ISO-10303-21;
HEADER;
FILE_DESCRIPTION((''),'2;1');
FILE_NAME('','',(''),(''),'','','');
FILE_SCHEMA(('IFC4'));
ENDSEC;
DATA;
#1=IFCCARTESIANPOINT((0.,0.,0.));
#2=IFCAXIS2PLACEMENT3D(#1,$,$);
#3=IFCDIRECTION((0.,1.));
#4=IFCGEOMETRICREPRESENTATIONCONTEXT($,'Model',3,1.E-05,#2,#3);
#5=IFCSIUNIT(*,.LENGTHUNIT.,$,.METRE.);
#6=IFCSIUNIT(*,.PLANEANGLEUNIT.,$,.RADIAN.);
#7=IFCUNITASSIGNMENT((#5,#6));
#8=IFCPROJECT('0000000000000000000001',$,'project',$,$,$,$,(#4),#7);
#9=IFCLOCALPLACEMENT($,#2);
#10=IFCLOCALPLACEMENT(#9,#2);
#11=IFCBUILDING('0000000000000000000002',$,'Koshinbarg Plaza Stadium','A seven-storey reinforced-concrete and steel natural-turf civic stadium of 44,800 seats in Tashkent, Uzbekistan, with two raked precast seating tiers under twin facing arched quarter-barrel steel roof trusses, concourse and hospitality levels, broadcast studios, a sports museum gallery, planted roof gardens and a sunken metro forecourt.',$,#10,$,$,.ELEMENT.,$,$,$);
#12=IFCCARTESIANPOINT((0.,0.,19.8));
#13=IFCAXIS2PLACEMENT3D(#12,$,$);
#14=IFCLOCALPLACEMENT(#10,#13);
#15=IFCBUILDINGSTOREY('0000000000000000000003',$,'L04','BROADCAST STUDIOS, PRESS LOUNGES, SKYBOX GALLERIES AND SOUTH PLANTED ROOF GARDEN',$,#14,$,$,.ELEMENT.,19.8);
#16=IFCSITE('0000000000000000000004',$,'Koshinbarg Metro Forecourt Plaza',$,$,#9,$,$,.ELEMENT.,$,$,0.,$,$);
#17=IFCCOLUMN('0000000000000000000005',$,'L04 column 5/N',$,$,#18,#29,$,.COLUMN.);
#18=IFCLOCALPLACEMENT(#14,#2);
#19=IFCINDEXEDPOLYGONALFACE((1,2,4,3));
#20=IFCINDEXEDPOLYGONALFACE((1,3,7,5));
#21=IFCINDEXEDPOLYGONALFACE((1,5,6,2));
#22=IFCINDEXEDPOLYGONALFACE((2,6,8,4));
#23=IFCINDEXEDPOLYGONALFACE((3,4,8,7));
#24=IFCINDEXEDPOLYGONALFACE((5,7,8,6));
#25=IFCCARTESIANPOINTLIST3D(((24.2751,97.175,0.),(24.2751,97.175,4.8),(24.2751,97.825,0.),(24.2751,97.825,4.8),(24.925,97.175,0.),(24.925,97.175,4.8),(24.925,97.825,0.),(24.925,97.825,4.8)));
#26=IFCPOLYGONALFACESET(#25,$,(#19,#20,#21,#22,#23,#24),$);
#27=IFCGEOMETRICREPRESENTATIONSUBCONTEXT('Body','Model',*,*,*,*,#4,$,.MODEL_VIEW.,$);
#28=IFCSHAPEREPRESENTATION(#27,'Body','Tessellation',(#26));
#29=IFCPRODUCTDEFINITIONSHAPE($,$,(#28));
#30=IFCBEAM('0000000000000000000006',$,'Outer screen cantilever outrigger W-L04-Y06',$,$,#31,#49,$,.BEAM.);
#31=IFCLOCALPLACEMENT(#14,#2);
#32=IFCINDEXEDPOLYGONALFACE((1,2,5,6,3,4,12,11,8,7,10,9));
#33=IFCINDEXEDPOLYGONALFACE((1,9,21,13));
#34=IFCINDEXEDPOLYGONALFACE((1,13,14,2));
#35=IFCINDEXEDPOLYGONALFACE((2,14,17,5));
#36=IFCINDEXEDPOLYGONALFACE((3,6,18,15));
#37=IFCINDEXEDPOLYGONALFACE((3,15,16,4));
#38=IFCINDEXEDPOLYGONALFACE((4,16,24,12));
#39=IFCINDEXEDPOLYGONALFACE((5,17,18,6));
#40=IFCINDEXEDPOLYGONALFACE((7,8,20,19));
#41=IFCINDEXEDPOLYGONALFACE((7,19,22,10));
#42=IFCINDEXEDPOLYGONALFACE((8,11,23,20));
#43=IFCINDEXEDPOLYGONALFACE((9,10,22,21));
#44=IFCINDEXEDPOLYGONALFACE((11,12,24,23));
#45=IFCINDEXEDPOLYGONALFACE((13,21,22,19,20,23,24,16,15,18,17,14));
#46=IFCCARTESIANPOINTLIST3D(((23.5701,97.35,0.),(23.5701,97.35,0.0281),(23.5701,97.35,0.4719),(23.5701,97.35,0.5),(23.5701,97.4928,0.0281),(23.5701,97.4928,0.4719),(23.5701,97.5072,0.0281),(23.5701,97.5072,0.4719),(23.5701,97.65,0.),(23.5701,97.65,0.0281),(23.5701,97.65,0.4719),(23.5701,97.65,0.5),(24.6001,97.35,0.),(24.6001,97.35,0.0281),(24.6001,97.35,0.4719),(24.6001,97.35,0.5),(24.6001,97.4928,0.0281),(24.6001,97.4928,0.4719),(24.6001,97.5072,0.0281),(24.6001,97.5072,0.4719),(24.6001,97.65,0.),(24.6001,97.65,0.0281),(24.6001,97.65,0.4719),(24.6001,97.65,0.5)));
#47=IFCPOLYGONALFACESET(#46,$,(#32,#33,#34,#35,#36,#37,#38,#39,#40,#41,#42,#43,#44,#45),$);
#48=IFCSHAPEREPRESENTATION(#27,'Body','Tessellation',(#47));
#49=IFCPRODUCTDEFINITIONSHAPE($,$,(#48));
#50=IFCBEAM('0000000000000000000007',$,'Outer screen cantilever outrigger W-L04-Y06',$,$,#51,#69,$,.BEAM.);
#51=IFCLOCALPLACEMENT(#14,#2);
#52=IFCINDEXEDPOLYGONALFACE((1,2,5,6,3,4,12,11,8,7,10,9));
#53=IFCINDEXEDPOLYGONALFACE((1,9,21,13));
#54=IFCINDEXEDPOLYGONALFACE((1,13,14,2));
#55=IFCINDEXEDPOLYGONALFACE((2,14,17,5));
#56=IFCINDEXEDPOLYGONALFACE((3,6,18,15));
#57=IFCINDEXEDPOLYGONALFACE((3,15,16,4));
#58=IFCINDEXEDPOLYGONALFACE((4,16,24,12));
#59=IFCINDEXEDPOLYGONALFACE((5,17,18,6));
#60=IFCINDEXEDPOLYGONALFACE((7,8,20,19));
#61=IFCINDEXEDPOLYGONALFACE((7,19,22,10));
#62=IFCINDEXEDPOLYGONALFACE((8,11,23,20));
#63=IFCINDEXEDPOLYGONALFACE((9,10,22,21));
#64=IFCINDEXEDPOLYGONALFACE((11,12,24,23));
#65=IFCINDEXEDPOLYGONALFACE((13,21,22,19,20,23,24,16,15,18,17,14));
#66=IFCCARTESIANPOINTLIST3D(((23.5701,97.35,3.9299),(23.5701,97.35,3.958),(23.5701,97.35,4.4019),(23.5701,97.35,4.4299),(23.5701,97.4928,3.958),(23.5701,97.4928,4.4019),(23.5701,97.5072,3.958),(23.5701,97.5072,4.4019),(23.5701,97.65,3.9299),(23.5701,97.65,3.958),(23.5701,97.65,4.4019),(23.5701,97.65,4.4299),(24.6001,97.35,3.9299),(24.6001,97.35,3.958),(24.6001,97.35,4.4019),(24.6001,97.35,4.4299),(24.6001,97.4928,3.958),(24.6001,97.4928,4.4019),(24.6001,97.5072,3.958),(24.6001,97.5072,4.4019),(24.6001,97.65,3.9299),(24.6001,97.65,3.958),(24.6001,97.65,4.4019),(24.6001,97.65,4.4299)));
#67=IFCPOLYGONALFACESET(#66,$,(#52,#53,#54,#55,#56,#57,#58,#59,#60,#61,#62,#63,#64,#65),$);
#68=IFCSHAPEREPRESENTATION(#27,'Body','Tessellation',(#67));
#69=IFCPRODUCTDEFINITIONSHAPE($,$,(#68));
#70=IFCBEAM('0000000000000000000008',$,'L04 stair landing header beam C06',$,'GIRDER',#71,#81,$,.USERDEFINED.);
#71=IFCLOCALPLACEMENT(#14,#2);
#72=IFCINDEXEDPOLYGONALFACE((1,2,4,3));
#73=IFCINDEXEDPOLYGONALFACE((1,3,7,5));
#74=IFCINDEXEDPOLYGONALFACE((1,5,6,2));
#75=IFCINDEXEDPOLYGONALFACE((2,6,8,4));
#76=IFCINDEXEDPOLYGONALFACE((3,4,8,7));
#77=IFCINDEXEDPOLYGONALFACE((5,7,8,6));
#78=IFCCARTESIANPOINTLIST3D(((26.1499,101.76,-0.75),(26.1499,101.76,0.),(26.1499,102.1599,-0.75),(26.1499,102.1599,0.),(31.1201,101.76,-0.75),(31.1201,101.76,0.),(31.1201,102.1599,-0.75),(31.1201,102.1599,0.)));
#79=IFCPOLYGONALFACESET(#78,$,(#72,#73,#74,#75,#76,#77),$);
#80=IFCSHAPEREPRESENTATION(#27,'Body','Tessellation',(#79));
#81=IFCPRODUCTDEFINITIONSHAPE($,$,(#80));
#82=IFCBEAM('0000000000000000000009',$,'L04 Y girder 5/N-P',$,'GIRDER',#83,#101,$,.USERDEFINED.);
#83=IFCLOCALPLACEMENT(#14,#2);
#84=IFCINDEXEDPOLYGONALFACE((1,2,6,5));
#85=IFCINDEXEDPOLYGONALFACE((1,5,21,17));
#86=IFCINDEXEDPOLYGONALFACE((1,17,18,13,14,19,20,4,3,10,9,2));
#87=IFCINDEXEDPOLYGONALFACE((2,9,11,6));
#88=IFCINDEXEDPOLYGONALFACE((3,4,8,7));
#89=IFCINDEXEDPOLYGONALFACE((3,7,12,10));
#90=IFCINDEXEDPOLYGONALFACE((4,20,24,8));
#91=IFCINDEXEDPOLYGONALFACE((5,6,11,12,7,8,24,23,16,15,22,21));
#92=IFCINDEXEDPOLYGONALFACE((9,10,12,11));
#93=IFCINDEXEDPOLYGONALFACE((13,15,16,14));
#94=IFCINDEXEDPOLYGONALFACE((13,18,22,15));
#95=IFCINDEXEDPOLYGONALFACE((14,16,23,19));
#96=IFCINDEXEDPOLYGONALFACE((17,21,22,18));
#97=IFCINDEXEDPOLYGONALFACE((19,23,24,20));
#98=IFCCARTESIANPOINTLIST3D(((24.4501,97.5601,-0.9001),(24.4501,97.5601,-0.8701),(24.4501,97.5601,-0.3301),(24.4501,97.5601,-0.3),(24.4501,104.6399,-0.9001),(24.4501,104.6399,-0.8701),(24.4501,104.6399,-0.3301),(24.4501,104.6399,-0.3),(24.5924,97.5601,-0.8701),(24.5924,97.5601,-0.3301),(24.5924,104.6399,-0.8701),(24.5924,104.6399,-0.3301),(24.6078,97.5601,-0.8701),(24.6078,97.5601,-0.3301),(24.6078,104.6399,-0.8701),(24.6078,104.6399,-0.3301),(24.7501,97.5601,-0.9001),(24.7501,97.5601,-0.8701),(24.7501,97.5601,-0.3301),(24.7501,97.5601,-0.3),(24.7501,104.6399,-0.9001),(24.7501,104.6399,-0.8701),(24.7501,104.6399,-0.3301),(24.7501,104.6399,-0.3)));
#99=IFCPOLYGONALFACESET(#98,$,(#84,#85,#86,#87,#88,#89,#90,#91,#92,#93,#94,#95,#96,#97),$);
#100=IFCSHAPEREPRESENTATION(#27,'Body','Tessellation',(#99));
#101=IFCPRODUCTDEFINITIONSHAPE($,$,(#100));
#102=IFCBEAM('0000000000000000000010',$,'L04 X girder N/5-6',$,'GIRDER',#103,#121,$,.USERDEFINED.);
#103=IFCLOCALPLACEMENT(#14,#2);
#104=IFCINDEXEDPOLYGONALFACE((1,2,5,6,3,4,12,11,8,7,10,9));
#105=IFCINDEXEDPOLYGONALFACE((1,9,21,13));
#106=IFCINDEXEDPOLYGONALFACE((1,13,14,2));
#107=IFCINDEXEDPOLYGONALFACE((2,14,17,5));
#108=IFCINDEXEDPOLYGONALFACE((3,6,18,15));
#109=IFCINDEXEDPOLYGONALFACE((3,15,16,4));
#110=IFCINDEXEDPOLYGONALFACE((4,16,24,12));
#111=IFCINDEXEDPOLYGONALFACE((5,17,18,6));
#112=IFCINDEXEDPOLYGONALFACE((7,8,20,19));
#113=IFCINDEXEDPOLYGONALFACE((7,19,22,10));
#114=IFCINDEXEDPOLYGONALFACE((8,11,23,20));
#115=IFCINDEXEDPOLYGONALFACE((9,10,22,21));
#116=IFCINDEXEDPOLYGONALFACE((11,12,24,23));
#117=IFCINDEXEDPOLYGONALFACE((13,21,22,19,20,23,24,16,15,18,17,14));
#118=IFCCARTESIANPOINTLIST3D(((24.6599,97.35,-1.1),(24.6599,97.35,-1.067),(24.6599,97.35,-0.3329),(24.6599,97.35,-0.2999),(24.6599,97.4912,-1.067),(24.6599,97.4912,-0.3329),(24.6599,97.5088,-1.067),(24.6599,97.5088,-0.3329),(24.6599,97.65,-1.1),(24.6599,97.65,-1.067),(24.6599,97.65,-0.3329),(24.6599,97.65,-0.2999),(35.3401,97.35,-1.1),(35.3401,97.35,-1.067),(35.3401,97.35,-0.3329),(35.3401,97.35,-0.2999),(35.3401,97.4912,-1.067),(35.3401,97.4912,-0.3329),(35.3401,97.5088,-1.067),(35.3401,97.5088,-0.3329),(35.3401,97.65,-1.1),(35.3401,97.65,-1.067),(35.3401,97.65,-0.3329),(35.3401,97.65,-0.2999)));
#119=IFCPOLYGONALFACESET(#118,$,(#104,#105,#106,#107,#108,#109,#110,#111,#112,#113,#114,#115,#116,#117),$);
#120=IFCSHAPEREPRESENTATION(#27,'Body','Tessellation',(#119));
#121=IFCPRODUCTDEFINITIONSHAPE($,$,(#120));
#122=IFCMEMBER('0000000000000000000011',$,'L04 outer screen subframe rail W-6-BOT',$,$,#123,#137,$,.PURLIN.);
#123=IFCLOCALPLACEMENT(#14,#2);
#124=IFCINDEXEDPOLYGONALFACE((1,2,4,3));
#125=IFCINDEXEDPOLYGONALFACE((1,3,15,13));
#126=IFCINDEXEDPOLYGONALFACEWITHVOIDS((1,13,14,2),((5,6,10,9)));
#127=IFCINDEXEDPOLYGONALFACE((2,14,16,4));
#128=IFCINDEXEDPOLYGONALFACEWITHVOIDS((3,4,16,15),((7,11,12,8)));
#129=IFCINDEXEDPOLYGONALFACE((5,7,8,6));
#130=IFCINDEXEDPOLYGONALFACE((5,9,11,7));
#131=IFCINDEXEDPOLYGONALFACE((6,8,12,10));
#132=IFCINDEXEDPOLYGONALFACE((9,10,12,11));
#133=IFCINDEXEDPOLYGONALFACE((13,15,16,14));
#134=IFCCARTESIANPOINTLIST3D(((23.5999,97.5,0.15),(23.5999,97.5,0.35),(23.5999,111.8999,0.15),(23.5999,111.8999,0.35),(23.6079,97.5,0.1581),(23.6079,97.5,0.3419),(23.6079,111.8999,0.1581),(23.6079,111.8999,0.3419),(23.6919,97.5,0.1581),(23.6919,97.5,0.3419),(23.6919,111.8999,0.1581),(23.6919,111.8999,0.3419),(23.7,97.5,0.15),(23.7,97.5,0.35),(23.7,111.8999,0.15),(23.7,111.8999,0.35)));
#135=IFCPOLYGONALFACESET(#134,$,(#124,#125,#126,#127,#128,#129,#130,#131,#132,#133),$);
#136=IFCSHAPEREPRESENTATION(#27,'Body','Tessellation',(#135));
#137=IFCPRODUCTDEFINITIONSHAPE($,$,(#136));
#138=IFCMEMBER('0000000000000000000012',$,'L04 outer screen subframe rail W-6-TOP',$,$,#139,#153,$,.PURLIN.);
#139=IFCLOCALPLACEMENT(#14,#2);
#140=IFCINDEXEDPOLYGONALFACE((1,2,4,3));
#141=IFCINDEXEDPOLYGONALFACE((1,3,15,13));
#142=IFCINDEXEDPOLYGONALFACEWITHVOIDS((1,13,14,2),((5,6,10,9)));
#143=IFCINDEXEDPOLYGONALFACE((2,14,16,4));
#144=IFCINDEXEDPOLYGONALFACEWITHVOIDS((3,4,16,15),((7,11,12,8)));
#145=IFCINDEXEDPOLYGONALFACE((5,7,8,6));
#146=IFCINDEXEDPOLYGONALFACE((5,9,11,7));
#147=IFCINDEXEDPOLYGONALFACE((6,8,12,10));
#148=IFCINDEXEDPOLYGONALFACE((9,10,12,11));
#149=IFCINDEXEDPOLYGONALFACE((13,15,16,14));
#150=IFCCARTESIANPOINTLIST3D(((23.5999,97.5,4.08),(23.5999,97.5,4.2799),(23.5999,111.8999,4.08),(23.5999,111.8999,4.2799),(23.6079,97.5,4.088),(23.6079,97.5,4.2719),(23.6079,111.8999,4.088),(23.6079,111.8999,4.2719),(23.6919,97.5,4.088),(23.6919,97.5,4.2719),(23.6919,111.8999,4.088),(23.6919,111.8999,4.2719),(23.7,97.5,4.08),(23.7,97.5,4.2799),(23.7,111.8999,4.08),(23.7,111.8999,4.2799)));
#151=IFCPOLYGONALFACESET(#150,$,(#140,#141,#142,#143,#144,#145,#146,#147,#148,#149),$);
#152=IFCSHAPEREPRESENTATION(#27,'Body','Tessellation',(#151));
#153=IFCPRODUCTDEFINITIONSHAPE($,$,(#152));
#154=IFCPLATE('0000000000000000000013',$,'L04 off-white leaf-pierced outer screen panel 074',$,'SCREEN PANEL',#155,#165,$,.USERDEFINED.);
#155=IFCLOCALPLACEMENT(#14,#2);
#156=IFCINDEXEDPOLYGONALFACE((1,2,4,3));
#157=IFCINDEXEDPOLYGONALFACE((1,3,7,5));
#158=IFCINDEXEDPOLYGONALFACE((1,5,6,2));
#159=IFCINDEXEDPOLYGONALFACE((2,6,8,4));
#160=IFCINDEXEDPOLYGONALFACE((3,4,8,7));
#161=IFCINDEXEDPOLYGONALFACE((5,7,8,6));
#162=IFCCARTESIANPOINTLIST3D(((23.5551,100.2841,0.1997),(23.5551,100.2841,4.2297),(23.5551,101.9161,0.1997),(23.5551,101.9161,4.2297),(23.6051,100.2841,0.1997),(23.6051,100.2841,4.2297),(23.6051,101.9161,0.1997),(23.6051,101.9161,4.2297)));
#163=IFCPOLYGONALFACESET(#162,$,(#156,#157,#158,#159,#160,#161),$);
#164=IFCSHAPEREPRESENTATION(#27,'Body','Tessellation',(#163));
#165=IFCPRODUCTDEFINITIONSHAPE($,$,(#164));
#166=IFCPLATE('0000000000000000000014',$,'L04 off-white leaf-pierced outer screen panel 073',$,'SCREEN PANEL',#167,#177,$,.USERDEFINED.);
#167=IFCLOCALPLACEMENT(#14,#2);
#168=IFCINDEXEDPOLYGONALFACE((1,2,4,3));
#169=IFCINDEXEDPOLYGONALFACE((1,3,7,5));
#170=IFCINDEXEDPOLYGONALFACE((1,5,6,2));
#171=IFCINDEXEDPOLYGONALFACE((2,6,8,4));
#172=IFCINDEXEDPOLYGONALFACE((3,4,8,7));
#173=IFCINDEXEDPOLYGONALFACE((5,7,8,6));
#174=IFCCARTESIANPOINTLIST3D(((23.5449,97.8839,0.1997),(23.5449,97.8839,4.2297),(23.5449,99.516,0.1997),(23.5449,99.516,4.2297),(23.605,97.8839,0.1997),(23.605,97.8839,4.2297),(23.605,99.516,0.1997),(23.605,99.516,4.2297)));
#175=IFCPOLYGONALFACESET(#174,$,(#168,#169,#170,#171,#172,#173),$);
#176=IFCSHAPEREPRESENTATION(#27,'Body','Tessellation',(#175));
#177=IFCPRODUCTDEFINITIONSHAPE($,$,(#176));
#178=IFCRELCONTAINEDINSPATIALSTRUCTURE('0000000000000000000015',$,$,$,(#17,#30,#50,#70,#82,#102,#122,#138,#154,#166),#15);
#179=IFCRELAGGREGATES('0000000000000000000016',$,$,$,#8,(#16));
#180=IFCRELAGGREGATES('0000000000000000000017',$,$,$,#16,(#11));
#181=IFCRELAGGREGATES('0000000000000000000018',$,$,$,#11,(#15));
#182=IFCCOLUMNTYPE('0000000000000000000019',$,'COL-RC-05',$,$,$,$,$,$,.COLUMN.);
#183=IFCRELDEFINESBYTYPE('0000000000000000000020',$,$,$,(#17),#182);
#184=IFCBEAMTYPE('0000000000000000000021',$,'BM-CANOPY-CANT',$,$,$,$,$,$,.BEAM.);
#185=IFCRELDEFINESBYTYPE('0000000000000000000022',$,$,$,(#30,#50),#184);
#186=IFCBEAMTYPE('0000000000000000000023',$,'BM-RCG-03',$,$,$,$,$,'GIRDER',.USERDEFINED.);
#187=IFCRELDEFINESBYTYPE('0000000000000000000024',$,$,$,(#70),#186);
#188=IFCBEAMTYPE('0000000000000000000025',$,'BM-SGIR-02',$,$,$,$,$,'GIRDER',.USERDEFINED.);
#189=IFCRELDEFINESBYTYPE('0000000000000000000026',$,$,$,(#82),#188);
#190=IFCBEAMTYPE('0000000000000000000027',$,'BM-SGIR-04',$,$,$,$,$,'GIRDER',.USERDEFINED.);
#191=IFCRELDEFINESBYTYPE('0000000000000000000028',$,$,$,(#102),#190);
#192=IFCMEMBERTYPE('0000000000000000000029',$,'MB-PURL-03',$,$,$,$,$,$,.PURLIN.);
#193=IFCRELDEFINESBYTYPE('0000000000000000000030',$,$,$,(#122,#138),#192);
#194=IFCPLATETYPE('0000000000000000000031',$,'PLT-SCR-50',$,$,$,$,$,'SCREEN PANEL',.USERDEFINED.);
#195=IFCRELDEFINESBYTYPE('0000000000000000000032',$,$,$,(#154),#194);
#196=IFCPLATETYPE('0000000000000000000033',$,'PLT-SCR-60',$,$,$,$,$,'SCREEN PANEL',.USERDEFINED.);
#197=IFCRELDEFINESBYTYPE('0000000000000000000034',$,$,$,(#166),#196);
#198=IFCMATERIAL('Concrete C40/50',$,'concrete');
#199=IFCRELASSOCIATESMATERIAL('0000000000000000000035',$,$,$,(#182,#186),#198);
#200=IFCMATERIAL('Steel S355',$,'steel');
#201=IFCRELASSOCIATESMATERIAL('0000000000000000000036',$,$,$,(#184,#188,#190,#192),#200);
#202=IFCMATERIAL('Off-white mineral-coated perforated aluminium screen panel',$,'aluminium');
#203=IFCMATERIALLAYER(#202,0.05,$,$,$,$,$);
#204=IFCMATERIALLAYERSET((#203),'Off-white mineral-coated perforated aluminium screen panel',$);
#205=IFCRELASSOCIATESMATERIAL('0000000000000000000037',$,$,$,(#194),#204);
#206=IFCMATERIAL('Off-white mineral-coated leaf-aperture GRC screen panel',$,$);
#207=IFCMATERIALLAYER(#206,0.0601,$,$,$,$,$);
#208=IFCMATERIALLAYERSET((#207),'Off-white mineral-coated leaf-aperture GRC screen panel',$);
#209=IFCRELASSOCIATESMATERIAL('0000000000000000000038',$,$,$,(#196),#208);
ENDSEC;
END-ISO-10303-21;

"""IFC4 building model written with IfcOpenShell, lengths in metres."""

from ifc_helpers import new_model, si_unit, direction, frame, origin, origin_2d, place, context, subcontext, project, spatial, rectangle, hollow_rectangle, i_section, extrude, material, layer, layer_set, material_profile, profile_set, type_object, element, save


model = new_model("IFC4")

# Units and contexts
model_context = context("Model", 3, precision=1e-05, world=origin(), true_north=direction((0.0, 1.0)))
body_context = subcontext(model_context, "Body", "Model", "MODEL_VIEW")
ifc_project = project(units=[si_unit("LENGTHUNIT", "METRE"), si_unit("PLANEANGLEUNIT", "RADIAN")], contexts=[model_context])

# Site, building, storey
site_placement = place(None, origin())
site = spatial("IfcSite", under=ifc_project, at=site_placement, Name="Koshinbarg Metro Forecourt Plaza", CompositionType="ELEMENT", RefElevation=0.0)
building_placement = place(site_placement, origin())
building = spatial("IfcBuilding", under=site, at=building_placement, Name="Koshinbarg Plaza Stadium", Description="A seven-storey reinforced-concrete and steel natural-turf civic stadium of 44,800 seats in Tashkent, Uzbekistan, with two raked precast seating tiers under twin facing arched quarter-barrel steel roof trusses, concourse and hospitality levels, broadcast studios, a sports museum gallery, planted roof gardens and a sunken metro forecourt.", CompositionType="ELEMENT")
storey_placement = place(building_placement, frame((0.0, 0.0, 19.8)))
storey = spatial("IfcBuildingStorey", under=building, at=storey_placement, Name="L04", Description="BROADCAST STUDIOS, PRESS LOUNGES, SKYBOX GALLERIES AND SOUTH PLANTED ROOF GARDEN", CompositionType="ELEMENT", Elevation=19.8)

# Column
ifc_material_1 = material(Name="Concrete C40/50", Category="concrete")
ifc_material_profile_1 = material_profile(ifc_material_1, rectangle(XDim=0.6499, YDim=0.6499, at=origin_2d()), Name="RC 650x650")
ifc_profile_set_1 = profile_set([ifc_material_profile_1], Name="Concrete C40/50")
column_type = type_object("IfcColumnType", Name="COL-RC-05", PredefinedType="COLUMN", material=ifc_profile_set_1)
column_placement = place(storey_placement, frame((24.6001, 97.5, 0.0), z_axis=(0.0, 0.0, 1.0), x_axis=(1.0, 0.0, 0.0)))
element("IfcColumn", 1, at=column_placement, inside=storey, type_object=column_type, Name="L04 column 5/N", PredefinedType="COLUMN", context=body_context, shape_type="SweptSolid", body=[
    extrude(rectangle(XDim=0.6499, YDim=0.6499, at=origin_2d()), origin(), (0.0, 0.0, 1.0), 4.8),
])

# Beams
ifc_material_2 = material(Name="Steel S355", Category="steel")
ifc_material_profile_2 = material_profile(ifc_material_2, i_section(OverallWidth=0.3, OverallDepth=0.5, WebThickness=0.0144, FlangeThickness=0.0281, at=origin_2d()), Name="HEB 500")
ifc_profile_set_2 = profile_set([ifc_material_profile_2], Name="Steel S355")
beam_type_1 = type_object("IfcBeamType", Name="BM-CANOPY-CANT", PredefinedType="BEAM", material=ifc_profile_set_2)
for number, where, z_axis, x_axis, name in (
    (2, (24.6001, 97.5, 0.25), (-1.0, 0.0, 0.0), (0.0, -1.0, 0.0), "Outer screen cantilever outrigger W-L04-Y06"),
    (3, (24.6001, 97.5, 4.1799), (-1.0, 0.0, 0.0), (0.0, -1.0, 0.0), "Outer screen cantilever outrigger W-L04-Y06"),
):
    element("IfcBeam", number, at=place(storey_placement, frame(where, z_axis=z_axis, x_axis=x_axis)), inside=storey, type_object=beam_type_1, Name=name, PredefinedType="BEAM", context=body_context, shape_type="SweptSolid", body=[
        extrude(i_section(OverallWidth=0.3, OverallDepth=0.5, WebThickness=0.0144, FlangeThickness=0.0281, at=origin_2d()), origin(), (0.0, 0.0, 1.0), 1.03),
    ])
ifc_material_profile_3 = material_profile(ifc_material_1, rectangle(XDim=0.3999, YDim=0.75, at=origin_2d()), Name="RC 400x750")
ifc_profile_set_3 = profile_set([ifc_material_profile_3], Name="Concrete C40/50")
beam_type_2 = type_object("IfcBeamType", Name="BM-RCG-03", ElementType="GIRDER", PredefinedType="USERDEFINED", material=ifc_profile_set_3)
beam_1_placement = place(storey_placement, frame((26.1499, 101.96, -0.375), z_axis=(1.0, 0.0, 0.0), x_axis=(0.0, 1.0, 0.0)))
element("IfcBeam", 4, at=beam_1_placement, inside=storey, type_object=beam_type_2, Name="L04 stair landing header beam C06", ObjectType="GIRDER", PredefinedType="USERDEFINED", context=body_context, shape_type="SweptSolid", body=[
    extrude(rectangle(XDim=0.3999, YDim=0.75, at=origin_2d()), origin(), (0.0, 0.0, 1.0), 4.9702),
])
ifc_material_profile_4 = material_profile(ifc_material_2, i_section(OverallWidth=0.3, OverallDepth=0.6001, WebThickness=0.0154, FlangeThickness=0.03, at=origin_2d()), Name="HEB 600")
ifc_profile_set_4 = profile_set([ifc_material_profile_4], Name="Steel S355")
beam_type_3 = type_object("IfcBeamType", Name="BM-SGIR-02", ElementType="GIRDER", PredefinedType="USERDEFINED", material=ifc_profile_set_4)
beam_2_placement = place(storey_placement, frame((24.6001, 97.5601, -0.6001), z_axis=(0.0, 1.0, 0.0), x_axis=(-1.0, 0.0, 0.0)))
element("IfcBeam", 5, at=beam_2_placement, inside=storey, type_object=beam_type_3, Name="L04 Y girder 5/N-P", ObjectType="GIRDER", PredefinedType="USERDEFINED", context=body_context, shape_type="SweptSolid", body=[
    extrude(i_section(OverallWidth=0.3, OverallDepth=0.6001, WebThickness=0.0154, FlangeThickness=0.03, at=origin_2d()), origin(), (0.0, 0.0, 1.0), 7.0798),
])
ifc_material_profile_5 = material_profile(ifc_material_2, i_section(OverallWidth=0.3, OverallDepth=0.8, WebThickness=0.0176, FlangeThickness=0.033, at=origin_2d()), Name="HEB 800")
ifc_profile_set_5 = profile_set([ifc_material_profile_5], Name="Steel S355")
beam_type_4 = type_object("IfcBeamType", Name="BM-SGIR-04", ElementType="GIRDER", PredefinedType="USERDEFINED", material=ifc_profile_set_5)
beam_3_placement = place(storey_placement, frame((24.6599, 97.5, -0.7), z_axis=(1.0, 0.0, 0.0), x_axis=(0.0, 1.0, 0.0)))
element("IfcBeam", 6, at=beam_3_placement, inside=storey, type_object=beam_type_4, Name="L04 X girder N/5-6", ObjectType="GIRDER", PredefinedType="USERDEFINED", context=body_context, shape_type="SweptSolid", body=[
    extrude(i_section(OverallWidth=0.3, OverallDepth=0.8, WebThickness=0.0176, FlangeThickness=0.033, at=origin_2d()), origin(), (0.0, 0.0, 1.0), 10.6802),
])

# Members
ifc_material_profile_6 = material_profile(ifc_material_2, hollow_rectangle(XDim=0.1001, YDim=0.2, WallThickness=0.0081, at=origin_2d()), Name="RHS 200x100x8")
ifc_profile_set_6 = profile_set([ifc_material_profile_6], Name="Steel S355")
member_type = type_object("IfcMemberType", Name="MB-PURL-03", PredefinedType="PURLIN", material=ifc_profile_set_6)
for number, where, z_axis, x_axis, name in (
    (7, (23.6499, 97.5, 0.25), (0.0, 1.0, 0.0), (-1.0, 0.0, 0.0), "L04 outer screen subframe rail W-6-BOT"),
    (8, (23.6499, 97.5, 4.1799), (0.0, 1.0, 0.0), (-1.0, 0.0, 0.0), "L04 outer screen subframe rail W-6-TOP"),
):
    element("IfcMember", number, at=place(storey_placement, frame(where, z_axis=z_axis, x_axis=x_axis)), inside=storey, type_object=member_type, Name=name, PredefinedType="PURLIN", context=body_context, shape_type="SweptSolid", body=[
        extrude(hollow_rectangle(XDim=0.1001, YDim=0.2, WallThickness=0.0081, at=origin_2d()), origin(), (0.0, 0.0, 1.0), 14.3999),
    ])

# Plates
ifc_material_3 = material(Name="Off-white mineral-coated perforated aluminium screen panel", Category="aluminium")
ifc_layer_1 = layer(ifc_material_3, 0.05)
ifc_layer_set_1 = layer_set([ifc_layer_1], Name="Off-white mineral-coated perforated aluminium screen panel")
plate_type_1 = type_object("IfcPlateType", Name="PLT-SCR-50", ElementType="SCREEN PANEL", PredefinedType="USERDEFINED", material=ifc_layer_set_1)
plate_1_placement = place(storey_placement, frame((23.5801, 101.1001, 0.1997), z_axis=(0.0, 0.0, 1.0), x_axis=(1.0, 0.0, 0.0)))
element("IfcPlate", 9, at=plate_1_placement, inside=storey, type_object=plate_type_1, Name="L04 off-white leaf-pierced outer screen panel 074", ObjectType="SCREEN PANEL", PredefinedType="USERDEFINED", context=body_context, shape_type="SweptSolid", body=[
    extrude(rectangle(XDim=0.05, YDim=1.6321, at=origin_2d()), origin(), (0.0, 0.0, 1.0), 4.03),
])
ifc_material_4 = material(Name="Off-white mineral-coated leaf-aperture GRC screen panel")
ifc_layer_2 = layer(ifc_material_4, 0.0601)
ifc_layer_set_2 = layer_set([ifc_layer_2], Name="Off-white mineral-coated leaf-aperture GRC screen panel")
plate_type_2 = type_object("IfcPlateType", Name="PLT-SCR-60", ElementType="SCREEN PANEL", PredefinedType="USERDEFINED", material=ifc_layer_set_2)
plate_2_placement = place(storey_placement, frame((23.575, 98.7, 0.1997), z_axis=(0.0, 0.0, 1.0), x_axis=(1.0, 0.0, 0.0)))
element("IfcPlate", 10, at=plate_2_placement, inside=storey, type_object=plate_type_2, Name="L04 off-white leaf-pierced outer screen panel 073", ObjectType="SCREEN PANEL", PredefinedType="USERDEFINED", context=body_context, shape_type="SweptSolid", body=[
    extrude(rectangle(XDim=0.0601, YDim=1.6321, at=origin_2d()), origin(), (0.0, 0.0, 1.0), 4.03),
])

save(model, "model.ifc")
